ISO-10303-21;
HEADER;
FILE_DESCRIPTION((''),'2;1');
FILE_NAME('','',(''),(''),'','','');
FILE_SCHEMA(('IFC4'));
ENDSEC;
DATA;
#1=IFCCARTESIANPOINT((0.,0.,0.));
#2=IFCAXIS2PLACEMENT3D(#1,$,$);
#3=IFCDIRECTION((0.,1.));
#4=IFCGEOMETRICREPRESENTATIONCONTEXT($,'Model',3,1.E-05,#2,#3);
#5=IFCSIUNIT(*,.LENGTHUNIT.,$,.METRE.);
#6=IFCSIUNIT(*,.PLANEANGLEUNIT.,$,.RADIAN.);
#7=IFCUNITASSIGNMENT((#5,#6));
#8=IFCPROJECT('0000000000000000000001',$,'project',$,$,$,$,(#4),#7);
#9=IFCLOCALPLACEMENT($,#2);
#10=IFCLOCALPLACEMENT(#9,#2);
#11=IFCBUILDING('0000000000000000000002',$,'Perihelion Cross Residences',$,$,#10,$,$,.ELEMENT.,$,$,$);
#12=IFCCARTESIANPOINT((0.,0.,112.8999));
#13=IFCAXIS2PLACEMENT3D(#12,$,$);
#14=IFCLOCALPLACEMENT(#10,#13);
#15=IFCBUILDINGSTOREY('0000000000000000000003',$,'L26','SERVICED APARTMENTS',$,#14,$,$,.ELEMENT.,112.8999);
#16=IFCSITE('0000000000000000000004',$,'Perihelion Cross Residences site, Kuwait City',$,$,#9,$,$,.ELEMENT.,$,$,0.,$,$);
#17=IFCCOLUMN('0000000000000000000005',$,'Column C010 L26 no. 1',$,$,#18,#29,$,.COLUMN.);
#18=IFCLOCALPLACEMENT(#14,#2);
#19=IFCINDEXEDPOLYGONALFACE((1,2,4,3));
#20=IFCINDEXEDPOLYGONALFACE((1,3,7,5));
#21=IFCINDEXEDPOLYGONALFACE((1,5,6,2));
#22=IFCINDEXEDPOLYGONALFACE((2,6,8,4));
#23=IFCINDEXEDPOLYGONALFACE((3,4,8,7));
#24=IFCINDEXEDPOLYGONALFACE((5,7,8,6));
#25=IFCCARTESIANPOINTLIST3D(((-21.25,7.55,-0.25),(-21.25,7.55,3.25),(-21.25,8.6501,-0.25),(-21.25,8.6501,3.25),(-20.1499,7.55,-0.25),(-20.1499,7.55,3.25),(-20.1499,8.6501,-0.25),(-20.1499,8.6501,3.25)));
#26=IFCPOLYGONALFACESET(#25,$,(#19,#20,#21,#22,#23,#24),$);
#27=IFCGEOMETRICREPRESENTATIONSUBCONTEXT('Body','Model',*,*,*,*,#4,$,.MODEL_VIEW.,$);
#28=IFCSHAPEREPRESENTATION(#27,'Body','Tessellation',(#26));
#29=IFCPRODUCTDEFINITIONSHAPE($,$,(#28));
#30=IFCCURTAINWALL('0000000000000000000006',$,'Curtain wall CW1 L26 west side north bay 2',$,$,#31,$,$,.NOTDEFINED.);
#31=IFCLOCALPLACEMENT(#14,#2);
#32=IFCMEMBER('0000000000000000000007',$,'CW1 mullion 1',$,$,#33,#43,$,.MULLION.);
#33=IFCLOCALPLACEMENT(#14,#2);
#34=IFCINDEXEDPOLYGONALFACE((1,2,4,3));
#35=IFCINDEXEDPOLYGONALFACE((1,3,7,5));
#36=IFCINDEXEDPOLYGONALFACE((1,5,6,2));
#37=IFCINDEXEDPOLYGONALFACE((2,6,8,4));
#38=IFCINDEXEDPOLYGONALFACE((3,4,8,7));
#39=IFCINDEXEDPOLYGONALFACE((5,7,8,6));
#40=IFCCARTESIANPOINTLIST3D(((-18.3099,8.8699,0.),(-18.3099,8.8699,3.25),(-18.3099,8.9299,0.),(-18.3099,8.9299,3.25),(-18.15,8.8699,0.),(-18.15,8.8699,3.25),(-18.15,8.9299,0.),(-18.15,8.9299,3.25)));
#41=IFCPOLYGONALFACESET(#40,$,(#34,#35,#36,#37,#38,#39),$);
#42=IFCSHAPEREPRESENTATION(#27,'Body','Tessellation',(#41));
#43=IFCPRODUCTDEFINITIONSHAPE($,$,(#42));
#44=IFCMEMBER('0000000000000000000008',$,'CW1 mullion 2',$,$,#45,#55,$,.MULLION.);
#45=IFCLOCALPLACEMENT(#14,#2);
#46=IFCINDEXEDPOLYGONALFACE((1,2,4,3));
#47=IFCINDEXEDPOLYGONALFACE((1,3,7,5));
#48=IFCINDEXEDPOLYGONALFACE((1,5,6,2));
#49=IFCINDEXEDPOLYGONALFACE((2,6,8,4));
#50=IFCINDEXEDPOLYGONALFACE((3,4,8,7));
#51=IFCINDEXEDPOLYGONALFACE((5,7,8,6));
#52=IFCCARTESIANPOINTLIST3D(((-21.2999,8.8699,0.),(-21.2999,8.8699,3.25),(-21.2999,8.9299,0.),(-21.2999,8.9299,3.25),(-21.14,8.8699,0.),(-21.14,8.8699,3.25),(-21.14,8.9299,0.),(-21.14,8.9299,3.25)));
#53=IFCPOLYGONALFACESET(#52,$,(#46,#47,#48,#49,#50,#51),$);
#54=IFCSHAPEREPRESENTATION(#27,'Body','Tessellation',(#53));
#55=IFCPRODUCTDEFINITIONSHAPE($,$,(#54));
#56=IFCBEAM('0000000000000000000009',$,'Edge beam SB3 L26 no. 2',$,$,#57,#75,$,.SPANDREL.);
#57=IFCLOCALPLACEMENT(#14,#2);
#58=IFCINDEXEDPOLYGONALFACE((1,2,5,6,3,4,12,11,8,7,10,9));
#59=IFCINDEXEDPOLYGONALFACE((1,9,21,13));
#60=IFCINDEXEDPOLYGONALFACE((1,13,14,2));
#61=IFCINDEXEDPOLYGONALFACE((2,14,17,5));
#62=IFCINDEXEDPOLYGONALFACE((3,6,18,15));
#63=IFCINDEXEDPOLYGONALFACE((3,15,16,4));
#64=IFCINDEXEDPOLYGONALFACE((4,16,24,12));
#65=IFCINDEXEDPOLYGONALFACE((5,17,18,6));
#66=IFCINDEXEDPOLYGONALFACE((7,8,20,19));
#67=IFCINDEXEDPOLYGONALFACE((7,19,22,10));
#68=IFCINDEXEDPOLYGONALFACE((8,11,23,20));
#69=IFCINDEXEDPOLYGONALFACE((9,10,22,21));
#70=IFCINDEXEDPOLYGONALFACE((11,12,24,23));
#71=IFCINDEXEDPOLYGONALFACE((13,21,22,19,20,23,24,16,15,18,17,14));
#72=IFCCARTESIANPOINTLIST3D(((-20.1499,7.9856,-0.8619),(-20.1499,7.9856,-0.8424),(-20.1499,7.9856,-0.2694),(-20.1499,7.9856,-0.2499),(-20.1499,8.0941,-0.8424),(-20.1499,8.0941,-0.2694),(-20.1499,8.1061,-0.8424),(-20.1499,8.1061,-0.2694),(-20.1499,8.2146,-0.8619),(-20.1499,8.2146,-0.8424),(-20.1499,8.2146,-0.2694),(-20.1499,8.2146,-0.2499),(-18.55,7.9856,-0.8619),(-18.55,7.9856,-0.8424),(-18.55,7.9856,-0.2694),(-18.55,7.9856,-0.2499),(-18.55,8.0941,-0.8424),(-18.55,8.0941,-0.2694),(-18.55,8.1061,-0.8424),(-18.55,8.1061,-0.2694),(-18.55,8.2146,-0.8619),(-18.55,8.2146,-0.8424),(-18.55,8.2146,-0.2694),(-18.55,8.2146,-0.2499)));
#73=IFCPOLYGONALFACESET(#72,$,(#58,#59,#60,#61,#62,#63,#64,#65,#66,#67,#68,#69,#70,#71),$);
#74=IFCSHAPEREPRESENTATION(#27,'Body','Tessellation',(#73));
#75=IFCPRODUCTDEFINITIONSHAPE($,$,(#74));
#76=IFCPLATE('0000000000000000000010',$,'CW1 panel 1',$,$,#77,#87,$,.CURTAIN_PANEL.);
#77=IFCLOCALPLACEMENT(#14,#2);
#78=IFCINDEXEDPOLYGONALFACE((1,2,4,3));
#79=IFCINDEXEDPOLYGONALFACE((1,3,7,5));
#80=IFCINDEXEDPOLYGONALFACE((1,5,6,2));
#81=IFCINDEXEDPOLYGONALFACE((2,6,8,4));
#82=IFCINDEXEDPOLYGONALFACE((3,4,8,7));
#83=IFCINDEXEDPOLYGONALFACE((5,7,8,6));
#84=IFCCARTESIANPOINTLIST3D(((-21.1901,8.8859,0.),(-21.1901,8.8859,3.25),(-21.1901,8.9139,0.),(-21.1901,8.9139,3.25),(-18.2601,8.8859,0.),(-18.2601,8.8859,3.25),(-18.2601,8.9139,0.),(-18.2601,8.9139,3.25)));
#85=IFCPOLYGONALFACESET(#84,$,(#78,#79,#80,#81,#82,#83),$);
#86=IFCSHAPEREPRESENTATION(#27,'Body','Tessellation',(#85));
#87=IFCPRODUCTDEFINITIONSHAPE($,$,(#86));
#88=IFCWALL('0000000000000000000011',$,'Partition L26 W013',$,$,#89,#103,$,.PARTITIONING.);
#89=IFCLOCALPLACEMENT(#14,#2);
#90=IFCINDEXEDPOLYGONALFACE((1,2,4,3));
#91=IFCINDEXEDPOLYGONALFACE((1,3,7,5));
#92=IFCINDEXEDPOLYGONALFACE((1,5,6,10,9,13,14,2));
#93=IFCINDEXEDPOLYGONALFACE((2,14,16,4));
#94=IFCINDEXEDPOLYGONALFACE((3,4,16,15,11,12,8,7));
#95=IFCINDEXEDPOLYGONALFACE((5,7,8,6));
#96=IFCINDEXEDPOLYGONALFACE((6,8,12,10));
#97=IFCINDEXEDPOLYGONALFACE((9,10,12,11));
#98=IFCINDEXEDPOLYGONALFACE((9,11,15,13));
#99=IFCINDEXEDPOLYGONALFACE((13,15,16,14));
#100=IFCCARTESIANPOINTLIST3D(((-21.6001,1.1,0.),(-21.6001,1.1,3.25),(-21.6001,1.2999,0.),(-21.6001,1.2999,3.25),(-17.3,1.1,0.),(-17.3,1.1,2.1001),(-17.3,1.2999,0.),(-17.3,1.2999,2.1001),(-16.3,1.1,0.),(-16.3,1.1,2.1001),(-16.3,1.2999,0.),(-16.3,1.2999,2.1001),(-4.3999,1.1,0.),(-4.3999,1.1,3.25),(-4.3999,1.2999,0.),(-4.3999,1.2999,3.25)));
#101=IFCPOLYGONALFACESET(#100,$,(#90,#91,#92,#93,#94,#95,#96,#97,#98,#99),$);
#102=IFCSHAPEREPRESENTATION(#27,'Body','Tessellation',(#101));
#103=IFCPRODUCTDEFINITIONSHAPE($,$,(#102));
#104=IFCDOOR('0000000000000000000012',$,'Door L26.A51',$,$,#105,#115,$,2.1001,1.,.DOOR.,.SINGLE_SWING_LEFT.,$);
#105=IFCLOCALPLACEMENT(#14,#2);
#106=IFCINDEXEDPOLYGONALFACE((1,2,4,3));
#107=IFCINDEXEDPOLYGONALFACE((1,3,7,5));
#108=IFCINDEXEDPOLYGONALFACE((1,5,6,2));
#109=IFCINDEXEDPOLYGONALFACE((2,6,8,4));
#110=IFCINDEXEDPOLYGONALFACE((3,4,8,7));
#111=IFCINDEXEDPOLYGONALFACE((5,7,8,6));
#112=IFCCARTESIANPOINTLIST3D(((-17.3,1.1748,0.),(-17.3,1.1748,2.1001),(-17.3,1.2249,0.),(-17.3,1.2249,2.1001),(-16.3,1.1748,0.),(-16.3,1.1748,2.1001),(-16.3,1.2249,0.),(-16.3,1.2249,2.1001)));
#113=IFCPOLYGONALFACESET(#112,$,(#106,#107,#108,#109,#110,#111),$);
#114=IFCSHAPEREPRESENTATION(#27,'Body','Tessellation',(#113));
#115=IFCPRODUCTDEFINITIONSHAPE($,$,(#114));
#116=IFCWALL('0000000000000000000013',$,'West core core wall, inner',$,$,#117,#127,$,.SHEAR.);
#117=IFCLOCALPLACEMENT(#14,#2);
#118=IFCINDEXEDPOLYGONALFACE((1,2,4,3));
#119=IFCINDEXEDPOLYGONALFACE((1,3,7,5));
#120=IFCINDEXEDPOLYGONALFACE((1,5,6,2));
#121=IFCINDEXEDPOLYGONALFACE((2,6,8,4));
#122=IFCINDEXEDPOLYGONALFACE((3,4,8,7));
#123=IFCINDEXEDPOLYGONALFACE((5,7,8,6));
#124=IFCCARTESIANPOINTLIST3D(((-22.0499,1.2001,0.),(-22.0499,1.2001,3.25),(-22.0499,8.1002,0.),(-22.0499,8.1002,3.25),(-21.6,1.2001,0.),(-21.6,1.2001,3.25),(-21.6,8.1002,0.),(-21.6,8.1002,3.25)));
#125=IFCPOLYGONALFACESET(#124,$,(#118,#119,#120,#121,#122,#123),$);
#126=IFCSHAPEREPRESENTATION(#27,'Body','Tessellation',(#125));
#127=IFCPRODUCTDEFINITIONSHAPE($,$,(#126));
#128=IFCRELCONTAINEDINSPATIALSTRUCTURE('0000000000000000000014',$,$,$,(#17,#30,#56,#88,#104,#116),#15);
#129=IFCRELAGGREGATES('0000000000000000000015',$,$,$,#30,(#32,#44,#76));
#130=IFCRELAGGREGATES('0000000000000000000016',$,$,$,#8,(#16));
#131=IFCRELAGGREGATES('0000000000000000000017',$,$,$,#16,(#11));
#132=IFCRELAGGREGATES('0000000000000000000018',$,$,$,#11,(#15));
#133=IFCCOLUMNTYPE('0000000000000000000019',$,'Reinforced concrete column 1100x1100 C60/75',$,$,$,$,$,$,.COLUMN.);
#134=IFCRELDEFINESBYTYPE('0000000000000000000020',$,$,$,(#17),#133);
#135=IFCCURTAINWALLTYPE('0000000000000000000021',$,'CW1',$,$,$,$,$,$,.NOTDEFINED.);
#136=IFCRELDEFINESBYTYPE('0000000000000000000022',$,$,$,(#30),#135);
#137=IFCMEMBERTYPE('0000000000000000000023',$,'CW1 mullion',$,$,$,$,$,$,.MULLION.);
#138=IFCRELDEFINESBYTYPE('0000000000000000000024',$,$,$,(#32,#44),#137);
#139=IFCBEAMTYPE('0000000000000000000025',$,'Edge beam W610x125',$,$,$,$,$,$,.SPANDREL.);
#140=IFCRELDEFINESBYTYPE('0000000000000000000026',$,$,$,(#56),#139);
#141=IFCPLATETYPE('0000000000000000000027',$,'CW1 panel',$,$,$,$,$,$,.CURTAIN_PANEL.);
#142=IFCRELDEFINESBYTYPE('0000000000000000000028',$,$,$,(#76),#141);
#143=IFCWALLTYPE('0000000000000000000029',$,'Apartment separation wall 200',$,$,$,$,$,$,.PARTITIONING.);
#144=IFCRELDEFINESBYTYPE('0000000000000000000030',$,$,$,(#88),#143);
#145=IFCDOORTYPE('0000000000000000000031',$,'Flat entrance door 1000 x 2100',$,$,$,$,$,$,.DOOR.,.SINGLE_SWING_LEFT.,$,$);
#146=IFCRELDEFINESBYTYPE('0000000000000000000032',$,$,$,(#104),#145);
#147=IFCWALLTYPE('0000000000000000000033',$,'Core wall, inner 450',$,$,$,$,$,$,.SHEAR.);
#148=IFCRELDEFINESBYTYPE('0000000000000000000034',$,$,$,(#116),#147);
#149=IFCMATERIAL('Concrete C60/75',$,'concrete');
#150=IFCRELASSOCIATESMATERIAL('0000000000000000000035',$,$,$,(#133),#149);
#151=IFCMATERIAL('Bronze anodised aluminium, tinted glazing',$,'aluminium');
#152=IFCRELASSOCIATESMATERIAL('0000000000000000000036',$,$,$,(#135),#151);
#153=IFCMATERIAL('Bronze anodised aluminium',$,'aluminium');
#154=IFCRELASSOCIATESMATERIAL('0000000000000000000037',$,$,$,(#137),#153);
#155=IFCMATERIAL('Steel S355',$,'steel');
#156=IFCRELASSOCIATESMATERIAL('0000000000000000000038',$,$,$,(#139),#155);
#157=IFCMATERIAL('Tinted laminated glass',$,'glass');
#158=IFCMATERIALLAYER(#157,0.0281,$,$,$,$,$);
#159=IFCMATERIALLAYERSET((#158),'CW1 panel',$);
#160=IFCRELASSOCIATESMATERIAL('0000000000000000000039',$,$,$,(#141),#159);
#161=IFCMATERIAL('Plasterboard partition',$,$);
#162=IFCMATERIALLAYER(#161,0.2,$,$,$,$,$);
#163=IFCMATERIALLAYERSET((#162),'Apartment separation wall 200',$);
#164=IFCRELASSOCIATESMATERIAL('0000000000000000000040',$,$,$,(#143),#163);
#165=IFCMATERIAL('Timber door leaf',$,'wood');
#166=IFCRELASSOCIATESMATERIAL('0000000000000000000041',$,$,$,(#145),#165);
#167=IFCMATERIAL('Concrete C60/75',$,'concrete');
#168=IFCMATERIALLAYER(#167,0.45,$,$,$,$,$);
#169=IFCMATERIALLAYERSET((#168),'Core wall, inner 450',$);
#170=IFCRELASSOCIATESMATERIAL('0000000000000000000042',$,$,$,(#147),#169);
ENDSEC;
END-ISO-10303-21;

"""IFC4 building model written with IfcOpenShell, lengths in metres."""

from ifc_helpers import new_model, si_unit, direction, frame, frame_2d, origin, origin_2d, place, context, subcontext, project, spatial, rectangle, i_section, extrude, material, layer, layer_set, material_profile, profile_set, type_object, element, fill, aggregate, save


model = new_model("IFC4")

# Units and contexts
model_context = context("Model", 3, precision=1e-05, world=origin(), true_north=direction((0.0, 1.0)))
body_context = subcontext(model_context, "Body", "Model", "MODEL_VIEW")
ifc_project = project(units=[si_unit("LENGTHUNIT", "METRE"), si_unit("PLANEANGLEUNIT", "RADIAN")], contexts=[model_context])

# Site, building, storey
site_placement = place(None, origin())
site = spatial("IfcSite", under=ifc_project, at=site_placement, Name="Perihelion Cross Residences site, Kuwait City", CompositionType="ELEMENT", RefElevation=0.0)
building_placement = place(site_placement, origin())
building = spatial("IfcBuilding", under=site, at=building_placement, Name="Perihelion Cross Residences", CompositionType="ELEMENT")
storey_placement = place(building_placement, frame((0.0, 0.0, 112.8999)))
storey = spatial("IfcBuildingStorey", under=building, at=storey_placement, Name="L26", Description="SERVICED APARTMENTS", CompositionType="ELEMENT", Elevation=112.8999)

# Column
ifc_material_1 = material(Name="Concrete C60/75", Category="concrete")
ifc_material_profile_1 = material_profile(ifc_material_1, rectangle(XDim=1.1001, YDim=1.1001, at=origin_2d()), Name="RC 1100x1100")
ifc_profile_set_1 = profile_set([ifc_material_profile_1], Name="Concrete C60/75")
column_type = type_object("IfcColumnType", Name="Reinforced concrete column 1100x1100 C60/75", PredefinedType="COLUMN", material=ifc_profile_set_1)
column_placement = place(storey_placement, frame((-20.7, 8.1001, -0.25), z_axis=(0.0, 0.0, 1.0), x_axis=(1.0, 0.0, 0.0)))
element("IfcColumn", 1, at=column_placement, inside=storey, type_object=column_type, Name="Column C010 L26 no. 1", PredefinedType="COLUMN", context=body_context, shape_type="SweptSolid", body=[
    extrude(rectangle(XDim=1.1001, YDim=1.1001, at=origin_2d()), origin(), (0.0, 0.0, 1.0), 3.5),
])

# Curtain wall, members
ifc_material_2 = material(Name="Bronze anodised aluminium, tinted glazing", Category="aluminium")
curtain_wall_type = type_object("IfcCurtainWallType", Name="CW1", PredefinedType="NOTDEFINED", material=ifc_material_2)
curtain_wall_placement = place(storey_placement, origin())
curtain_wall = element("IfcCurtainWall", 2, at=curtain_wall_placement, inside=storey, type_object=curtain_wall_type, Name="Curtain wall CW1 L26 west side north bay 2", PredefinedType="NOTDEFINED")
ifc_material_3 = material(Name="Bronze anodised aluminium", Category="aluminium")
ifc_material_profile_2 = material_profile(ifc_material_3, rectangle(XDim=0.0601, YDim=0.1599, at=origin_2d()), Name="CW1 mullion")
ifc_profile_set_2 = profile_set([ifc_material_profile_2], Name="Bronze anodised aluminium")
member_type = type_object("IfcMemberType", Name="CW1 mullion", PredefinedType="MULLION", material=ifc_profile_set_2)
member_1_placement = place(storey_placement, frame((-18.23, 8.8999, 0.0), z_axis=(0.0, 0.0, 1.0), x_axis=(0.0, -1.0, 0.0)))
member_1 = element("IfcMember", 3, at=member_1_placement, type_object=member_type, Name="CW1 mullion 1", PredefinedType="MULLION", context=body_context, shape_type="SweptSolid", body=[
    extrude(rectangle(XDim=0.0601, YDim=0.1599, at=origin_2d()), origin(), (0.0, 0.0, 1.0), 3.25),
])
member_2_placement = place(storey_placement, frame((-21.22, 8.8999, 0.0), z_axis=(0.0, 0.0, 1.0), x_axis=(0.0, -1.0, 0.0)))
member_2 = element("IfcMember", 4, at=member_2_placement, type_object=member_type, Name="CW1 mullion 2", PredefinedType="MULLION", context=body_context, shape_type="SweptSolid", body=[
    extrude(rectangle(XDim=0.0601, YDim=0.1599, at=origin_2d()), origin(), (0.0, 0.0, 1.0), 3.25),
])

# Beam
ifc_material_4 = material(Name="Steel S355", Category="steel")
ifc_material_profile_3 = material_profile(ifc_material_4, i_section(OverallWidth=0.229, OverallDepth=0.6121, WebThickness=0.012, FlangeThickness=0.0195, at=origin_2d()), Name="W610x125")
ifc_profile_set_3 = profile_set([ifc_material_profile_3], Name="Steel S355")
beam_type = type_object("IfcBeamType", Name="Edge beam W610x125", PredefinedType="SPANDREL", material=ifc_profile_set_3)
beam_placement = place(storey_placement, frame((-18.55, 8.1001, -0.5559), z_axis=(-1.0, 0.0, 0.0), x_axis=(0.0, -1.0, 0.0)))
element("IfcBeam", 5, at=beam_placement, inside=storey, type_object=beam_type, Name="Edge beam SB3 L26 no. 2", PredefinedType="SPANDREL", context=body_context, shape_type="SweptSolid", body=[
    extrude(i_section(OverallWidth=0.229, OverallDepth=0.6121, WebThickness=0.012, FlangeThickness=0.0195, at=origin_2d()), origin(), (0.0, 0.0, 1.0), 1.5999),
])

# Plate
ifc_material_5 = material(Name="Tinted laminated glass", Category="glass")
ifc_layer_1 = layer(ifc_material_5, 0.0281)
ifc_layer_set_1 = layer_set([ifc_layer_1], Name="CW1 panel")
plate_type = type_object("IfcPlateType", Name="CW1 panel", PredefinedType="CURTAIN_PANEL", material=ifc_layer_set_1)
plate_placement = place(storey_placement, frame((-19.7251, 8.8999, 0.0), z_axis=(0.0, 0.0, 1.0), x_axis=(-1.0, 0.0, 0.0)))
plate = element("IfcPlate", 6, at=plate_placement, type_object=plate_type, Name="CW1 panel 1", PredefinedType="CURTAIN_PANEL", context=body_context, shape_type="SweptSolid", body=[
    extrude(rectangle(XDim=2.9299, YDim=0.0281, at=origin_2d()), origin(), (0.0, 0.0, 1.0), 3.25),
])
aggregate(curtain_wall, [member_1, member_2, plate])

# Wall, opening, door
ifc_material_6 = material(Name="Plasterboard partition")
ifc_layer_2 = layer(ifc_material_6, 0.2)
ifc_layer_set_2 = layer_set([ifc_layer_2], Name="Apartment separation wall 200")
wall_type_1 = type_object("IfcWallType", Name="Apartment separation wall 200", PredefinedType="PARTITIONING", material=ifc_layer_set_2)
wall_1_placement = place(storey_placement, frame((-21.6001, 1.2, 0.0), z_axis=(0.0, 0.0, 1.0), x_axis=(1.0, 0.0, 0.0)))
wall_1 = element("IfcWall", 7, at=wall_1_placement, inside=storey, type_object=wall_type_1, Name="Partition L26 W013", PredefinedType="PARTITIONING", context=body_context, shape_type="SweptSolid", body=[
    extrude(rectangle(XDim=17.2002, YDim=0.2, at=frame_2d((8.6001, 0.0))), origin(), (0.0, 0.0, 1.0), 3.25),
])
opening_1_placement = place(wall_1_placement, frame((4.3, 0.0, 0.0)))
opening_1 = element("IfcOpeningElement", 8, at=opening_1_placement, cuts=wall_1, PredefinedType="OPENING", context=body_context, shape_type="SweptSolid", body=[
    extrude(rectangle(XDim=1.0, YDim=2.1001, at=frame_2d((0.5, 1.05))), frame((0.0, 0.1099, 0.0), z_axis=(0.0, -1.0, 0.0), x_axis=(1.0, 0.0, 0.0)), (0.0, 0.0, 1.0), 0.22),
])
ifc_material_7 = material(Name="Timber door leaf", Category="wood")
door_type_1 = type_object("IfcDoorType", Name="Flat entrance door 1000 x 2100", OperationType="SINGLE_SWING_LEFT", PredefinedType="DOOR", material=ifc_material_7)
door_1_placement = place(opening_1_placement, origin())
door_1 = element("IfcDoor", 9, at=door_1_placement, inside=storey, type_object=door_type_1, Name="Door L26.A51", OperationType="SINGLE_SWING_LEFT", OverallHeight=2.1001, OverallWidth=1.0, PredefinedType="DOOR", context=body_context, shape_type="SweptSolid", body=[
    extrude(rectangle(XDim=1.0, YDim=2.1001, at=frame_2d((0.5, 1.05))), frame((0.0, 0.0249, 0.0), z_axis=(0.0, -1.0, 0.0), x_axis=(1.0, 0.0, 0.0)), (0.0, 0.0, 1.0), 0.05),
])
fill(opening_1, door_1)

# Wall
ifc_material_8 = material(Name="Concrete C60/75", Category="concrete")
ifc_layer_3 = layer(ifc_material_8, 0.45)
ifc_layer_set_3 = layer_set([ifc_layer_3], Name="Core wall, inner 450")
wall_type_2 = type_object("IfcWallType", Name="Core wall, inner 450", PredefinedType="SHEAR", material=ifc_layer_set_3)
wall_2_placement = place(storey_placement, frame((-21.825, 1.2, 0.0), z_axis=(0.0, 0.0, 1.0), x_axis=(0.0, 1.0, 0.0)))
element("IfcWall", 10, at=wall_2_placement, inside=storey, type_object=wall_type_2, Name="West core core wall, inner", PredefinedType="SHEAR", context=body_context, shape_type="SweptSolid", body=[
    extrude(rectangle(XDim=6.9001, YDim=0.45, at=frame_2d((3.4502, 0.0))), origin(), (0.0, 0.0, 1.0), 3.25),
])

save(model, "model.ifc")
